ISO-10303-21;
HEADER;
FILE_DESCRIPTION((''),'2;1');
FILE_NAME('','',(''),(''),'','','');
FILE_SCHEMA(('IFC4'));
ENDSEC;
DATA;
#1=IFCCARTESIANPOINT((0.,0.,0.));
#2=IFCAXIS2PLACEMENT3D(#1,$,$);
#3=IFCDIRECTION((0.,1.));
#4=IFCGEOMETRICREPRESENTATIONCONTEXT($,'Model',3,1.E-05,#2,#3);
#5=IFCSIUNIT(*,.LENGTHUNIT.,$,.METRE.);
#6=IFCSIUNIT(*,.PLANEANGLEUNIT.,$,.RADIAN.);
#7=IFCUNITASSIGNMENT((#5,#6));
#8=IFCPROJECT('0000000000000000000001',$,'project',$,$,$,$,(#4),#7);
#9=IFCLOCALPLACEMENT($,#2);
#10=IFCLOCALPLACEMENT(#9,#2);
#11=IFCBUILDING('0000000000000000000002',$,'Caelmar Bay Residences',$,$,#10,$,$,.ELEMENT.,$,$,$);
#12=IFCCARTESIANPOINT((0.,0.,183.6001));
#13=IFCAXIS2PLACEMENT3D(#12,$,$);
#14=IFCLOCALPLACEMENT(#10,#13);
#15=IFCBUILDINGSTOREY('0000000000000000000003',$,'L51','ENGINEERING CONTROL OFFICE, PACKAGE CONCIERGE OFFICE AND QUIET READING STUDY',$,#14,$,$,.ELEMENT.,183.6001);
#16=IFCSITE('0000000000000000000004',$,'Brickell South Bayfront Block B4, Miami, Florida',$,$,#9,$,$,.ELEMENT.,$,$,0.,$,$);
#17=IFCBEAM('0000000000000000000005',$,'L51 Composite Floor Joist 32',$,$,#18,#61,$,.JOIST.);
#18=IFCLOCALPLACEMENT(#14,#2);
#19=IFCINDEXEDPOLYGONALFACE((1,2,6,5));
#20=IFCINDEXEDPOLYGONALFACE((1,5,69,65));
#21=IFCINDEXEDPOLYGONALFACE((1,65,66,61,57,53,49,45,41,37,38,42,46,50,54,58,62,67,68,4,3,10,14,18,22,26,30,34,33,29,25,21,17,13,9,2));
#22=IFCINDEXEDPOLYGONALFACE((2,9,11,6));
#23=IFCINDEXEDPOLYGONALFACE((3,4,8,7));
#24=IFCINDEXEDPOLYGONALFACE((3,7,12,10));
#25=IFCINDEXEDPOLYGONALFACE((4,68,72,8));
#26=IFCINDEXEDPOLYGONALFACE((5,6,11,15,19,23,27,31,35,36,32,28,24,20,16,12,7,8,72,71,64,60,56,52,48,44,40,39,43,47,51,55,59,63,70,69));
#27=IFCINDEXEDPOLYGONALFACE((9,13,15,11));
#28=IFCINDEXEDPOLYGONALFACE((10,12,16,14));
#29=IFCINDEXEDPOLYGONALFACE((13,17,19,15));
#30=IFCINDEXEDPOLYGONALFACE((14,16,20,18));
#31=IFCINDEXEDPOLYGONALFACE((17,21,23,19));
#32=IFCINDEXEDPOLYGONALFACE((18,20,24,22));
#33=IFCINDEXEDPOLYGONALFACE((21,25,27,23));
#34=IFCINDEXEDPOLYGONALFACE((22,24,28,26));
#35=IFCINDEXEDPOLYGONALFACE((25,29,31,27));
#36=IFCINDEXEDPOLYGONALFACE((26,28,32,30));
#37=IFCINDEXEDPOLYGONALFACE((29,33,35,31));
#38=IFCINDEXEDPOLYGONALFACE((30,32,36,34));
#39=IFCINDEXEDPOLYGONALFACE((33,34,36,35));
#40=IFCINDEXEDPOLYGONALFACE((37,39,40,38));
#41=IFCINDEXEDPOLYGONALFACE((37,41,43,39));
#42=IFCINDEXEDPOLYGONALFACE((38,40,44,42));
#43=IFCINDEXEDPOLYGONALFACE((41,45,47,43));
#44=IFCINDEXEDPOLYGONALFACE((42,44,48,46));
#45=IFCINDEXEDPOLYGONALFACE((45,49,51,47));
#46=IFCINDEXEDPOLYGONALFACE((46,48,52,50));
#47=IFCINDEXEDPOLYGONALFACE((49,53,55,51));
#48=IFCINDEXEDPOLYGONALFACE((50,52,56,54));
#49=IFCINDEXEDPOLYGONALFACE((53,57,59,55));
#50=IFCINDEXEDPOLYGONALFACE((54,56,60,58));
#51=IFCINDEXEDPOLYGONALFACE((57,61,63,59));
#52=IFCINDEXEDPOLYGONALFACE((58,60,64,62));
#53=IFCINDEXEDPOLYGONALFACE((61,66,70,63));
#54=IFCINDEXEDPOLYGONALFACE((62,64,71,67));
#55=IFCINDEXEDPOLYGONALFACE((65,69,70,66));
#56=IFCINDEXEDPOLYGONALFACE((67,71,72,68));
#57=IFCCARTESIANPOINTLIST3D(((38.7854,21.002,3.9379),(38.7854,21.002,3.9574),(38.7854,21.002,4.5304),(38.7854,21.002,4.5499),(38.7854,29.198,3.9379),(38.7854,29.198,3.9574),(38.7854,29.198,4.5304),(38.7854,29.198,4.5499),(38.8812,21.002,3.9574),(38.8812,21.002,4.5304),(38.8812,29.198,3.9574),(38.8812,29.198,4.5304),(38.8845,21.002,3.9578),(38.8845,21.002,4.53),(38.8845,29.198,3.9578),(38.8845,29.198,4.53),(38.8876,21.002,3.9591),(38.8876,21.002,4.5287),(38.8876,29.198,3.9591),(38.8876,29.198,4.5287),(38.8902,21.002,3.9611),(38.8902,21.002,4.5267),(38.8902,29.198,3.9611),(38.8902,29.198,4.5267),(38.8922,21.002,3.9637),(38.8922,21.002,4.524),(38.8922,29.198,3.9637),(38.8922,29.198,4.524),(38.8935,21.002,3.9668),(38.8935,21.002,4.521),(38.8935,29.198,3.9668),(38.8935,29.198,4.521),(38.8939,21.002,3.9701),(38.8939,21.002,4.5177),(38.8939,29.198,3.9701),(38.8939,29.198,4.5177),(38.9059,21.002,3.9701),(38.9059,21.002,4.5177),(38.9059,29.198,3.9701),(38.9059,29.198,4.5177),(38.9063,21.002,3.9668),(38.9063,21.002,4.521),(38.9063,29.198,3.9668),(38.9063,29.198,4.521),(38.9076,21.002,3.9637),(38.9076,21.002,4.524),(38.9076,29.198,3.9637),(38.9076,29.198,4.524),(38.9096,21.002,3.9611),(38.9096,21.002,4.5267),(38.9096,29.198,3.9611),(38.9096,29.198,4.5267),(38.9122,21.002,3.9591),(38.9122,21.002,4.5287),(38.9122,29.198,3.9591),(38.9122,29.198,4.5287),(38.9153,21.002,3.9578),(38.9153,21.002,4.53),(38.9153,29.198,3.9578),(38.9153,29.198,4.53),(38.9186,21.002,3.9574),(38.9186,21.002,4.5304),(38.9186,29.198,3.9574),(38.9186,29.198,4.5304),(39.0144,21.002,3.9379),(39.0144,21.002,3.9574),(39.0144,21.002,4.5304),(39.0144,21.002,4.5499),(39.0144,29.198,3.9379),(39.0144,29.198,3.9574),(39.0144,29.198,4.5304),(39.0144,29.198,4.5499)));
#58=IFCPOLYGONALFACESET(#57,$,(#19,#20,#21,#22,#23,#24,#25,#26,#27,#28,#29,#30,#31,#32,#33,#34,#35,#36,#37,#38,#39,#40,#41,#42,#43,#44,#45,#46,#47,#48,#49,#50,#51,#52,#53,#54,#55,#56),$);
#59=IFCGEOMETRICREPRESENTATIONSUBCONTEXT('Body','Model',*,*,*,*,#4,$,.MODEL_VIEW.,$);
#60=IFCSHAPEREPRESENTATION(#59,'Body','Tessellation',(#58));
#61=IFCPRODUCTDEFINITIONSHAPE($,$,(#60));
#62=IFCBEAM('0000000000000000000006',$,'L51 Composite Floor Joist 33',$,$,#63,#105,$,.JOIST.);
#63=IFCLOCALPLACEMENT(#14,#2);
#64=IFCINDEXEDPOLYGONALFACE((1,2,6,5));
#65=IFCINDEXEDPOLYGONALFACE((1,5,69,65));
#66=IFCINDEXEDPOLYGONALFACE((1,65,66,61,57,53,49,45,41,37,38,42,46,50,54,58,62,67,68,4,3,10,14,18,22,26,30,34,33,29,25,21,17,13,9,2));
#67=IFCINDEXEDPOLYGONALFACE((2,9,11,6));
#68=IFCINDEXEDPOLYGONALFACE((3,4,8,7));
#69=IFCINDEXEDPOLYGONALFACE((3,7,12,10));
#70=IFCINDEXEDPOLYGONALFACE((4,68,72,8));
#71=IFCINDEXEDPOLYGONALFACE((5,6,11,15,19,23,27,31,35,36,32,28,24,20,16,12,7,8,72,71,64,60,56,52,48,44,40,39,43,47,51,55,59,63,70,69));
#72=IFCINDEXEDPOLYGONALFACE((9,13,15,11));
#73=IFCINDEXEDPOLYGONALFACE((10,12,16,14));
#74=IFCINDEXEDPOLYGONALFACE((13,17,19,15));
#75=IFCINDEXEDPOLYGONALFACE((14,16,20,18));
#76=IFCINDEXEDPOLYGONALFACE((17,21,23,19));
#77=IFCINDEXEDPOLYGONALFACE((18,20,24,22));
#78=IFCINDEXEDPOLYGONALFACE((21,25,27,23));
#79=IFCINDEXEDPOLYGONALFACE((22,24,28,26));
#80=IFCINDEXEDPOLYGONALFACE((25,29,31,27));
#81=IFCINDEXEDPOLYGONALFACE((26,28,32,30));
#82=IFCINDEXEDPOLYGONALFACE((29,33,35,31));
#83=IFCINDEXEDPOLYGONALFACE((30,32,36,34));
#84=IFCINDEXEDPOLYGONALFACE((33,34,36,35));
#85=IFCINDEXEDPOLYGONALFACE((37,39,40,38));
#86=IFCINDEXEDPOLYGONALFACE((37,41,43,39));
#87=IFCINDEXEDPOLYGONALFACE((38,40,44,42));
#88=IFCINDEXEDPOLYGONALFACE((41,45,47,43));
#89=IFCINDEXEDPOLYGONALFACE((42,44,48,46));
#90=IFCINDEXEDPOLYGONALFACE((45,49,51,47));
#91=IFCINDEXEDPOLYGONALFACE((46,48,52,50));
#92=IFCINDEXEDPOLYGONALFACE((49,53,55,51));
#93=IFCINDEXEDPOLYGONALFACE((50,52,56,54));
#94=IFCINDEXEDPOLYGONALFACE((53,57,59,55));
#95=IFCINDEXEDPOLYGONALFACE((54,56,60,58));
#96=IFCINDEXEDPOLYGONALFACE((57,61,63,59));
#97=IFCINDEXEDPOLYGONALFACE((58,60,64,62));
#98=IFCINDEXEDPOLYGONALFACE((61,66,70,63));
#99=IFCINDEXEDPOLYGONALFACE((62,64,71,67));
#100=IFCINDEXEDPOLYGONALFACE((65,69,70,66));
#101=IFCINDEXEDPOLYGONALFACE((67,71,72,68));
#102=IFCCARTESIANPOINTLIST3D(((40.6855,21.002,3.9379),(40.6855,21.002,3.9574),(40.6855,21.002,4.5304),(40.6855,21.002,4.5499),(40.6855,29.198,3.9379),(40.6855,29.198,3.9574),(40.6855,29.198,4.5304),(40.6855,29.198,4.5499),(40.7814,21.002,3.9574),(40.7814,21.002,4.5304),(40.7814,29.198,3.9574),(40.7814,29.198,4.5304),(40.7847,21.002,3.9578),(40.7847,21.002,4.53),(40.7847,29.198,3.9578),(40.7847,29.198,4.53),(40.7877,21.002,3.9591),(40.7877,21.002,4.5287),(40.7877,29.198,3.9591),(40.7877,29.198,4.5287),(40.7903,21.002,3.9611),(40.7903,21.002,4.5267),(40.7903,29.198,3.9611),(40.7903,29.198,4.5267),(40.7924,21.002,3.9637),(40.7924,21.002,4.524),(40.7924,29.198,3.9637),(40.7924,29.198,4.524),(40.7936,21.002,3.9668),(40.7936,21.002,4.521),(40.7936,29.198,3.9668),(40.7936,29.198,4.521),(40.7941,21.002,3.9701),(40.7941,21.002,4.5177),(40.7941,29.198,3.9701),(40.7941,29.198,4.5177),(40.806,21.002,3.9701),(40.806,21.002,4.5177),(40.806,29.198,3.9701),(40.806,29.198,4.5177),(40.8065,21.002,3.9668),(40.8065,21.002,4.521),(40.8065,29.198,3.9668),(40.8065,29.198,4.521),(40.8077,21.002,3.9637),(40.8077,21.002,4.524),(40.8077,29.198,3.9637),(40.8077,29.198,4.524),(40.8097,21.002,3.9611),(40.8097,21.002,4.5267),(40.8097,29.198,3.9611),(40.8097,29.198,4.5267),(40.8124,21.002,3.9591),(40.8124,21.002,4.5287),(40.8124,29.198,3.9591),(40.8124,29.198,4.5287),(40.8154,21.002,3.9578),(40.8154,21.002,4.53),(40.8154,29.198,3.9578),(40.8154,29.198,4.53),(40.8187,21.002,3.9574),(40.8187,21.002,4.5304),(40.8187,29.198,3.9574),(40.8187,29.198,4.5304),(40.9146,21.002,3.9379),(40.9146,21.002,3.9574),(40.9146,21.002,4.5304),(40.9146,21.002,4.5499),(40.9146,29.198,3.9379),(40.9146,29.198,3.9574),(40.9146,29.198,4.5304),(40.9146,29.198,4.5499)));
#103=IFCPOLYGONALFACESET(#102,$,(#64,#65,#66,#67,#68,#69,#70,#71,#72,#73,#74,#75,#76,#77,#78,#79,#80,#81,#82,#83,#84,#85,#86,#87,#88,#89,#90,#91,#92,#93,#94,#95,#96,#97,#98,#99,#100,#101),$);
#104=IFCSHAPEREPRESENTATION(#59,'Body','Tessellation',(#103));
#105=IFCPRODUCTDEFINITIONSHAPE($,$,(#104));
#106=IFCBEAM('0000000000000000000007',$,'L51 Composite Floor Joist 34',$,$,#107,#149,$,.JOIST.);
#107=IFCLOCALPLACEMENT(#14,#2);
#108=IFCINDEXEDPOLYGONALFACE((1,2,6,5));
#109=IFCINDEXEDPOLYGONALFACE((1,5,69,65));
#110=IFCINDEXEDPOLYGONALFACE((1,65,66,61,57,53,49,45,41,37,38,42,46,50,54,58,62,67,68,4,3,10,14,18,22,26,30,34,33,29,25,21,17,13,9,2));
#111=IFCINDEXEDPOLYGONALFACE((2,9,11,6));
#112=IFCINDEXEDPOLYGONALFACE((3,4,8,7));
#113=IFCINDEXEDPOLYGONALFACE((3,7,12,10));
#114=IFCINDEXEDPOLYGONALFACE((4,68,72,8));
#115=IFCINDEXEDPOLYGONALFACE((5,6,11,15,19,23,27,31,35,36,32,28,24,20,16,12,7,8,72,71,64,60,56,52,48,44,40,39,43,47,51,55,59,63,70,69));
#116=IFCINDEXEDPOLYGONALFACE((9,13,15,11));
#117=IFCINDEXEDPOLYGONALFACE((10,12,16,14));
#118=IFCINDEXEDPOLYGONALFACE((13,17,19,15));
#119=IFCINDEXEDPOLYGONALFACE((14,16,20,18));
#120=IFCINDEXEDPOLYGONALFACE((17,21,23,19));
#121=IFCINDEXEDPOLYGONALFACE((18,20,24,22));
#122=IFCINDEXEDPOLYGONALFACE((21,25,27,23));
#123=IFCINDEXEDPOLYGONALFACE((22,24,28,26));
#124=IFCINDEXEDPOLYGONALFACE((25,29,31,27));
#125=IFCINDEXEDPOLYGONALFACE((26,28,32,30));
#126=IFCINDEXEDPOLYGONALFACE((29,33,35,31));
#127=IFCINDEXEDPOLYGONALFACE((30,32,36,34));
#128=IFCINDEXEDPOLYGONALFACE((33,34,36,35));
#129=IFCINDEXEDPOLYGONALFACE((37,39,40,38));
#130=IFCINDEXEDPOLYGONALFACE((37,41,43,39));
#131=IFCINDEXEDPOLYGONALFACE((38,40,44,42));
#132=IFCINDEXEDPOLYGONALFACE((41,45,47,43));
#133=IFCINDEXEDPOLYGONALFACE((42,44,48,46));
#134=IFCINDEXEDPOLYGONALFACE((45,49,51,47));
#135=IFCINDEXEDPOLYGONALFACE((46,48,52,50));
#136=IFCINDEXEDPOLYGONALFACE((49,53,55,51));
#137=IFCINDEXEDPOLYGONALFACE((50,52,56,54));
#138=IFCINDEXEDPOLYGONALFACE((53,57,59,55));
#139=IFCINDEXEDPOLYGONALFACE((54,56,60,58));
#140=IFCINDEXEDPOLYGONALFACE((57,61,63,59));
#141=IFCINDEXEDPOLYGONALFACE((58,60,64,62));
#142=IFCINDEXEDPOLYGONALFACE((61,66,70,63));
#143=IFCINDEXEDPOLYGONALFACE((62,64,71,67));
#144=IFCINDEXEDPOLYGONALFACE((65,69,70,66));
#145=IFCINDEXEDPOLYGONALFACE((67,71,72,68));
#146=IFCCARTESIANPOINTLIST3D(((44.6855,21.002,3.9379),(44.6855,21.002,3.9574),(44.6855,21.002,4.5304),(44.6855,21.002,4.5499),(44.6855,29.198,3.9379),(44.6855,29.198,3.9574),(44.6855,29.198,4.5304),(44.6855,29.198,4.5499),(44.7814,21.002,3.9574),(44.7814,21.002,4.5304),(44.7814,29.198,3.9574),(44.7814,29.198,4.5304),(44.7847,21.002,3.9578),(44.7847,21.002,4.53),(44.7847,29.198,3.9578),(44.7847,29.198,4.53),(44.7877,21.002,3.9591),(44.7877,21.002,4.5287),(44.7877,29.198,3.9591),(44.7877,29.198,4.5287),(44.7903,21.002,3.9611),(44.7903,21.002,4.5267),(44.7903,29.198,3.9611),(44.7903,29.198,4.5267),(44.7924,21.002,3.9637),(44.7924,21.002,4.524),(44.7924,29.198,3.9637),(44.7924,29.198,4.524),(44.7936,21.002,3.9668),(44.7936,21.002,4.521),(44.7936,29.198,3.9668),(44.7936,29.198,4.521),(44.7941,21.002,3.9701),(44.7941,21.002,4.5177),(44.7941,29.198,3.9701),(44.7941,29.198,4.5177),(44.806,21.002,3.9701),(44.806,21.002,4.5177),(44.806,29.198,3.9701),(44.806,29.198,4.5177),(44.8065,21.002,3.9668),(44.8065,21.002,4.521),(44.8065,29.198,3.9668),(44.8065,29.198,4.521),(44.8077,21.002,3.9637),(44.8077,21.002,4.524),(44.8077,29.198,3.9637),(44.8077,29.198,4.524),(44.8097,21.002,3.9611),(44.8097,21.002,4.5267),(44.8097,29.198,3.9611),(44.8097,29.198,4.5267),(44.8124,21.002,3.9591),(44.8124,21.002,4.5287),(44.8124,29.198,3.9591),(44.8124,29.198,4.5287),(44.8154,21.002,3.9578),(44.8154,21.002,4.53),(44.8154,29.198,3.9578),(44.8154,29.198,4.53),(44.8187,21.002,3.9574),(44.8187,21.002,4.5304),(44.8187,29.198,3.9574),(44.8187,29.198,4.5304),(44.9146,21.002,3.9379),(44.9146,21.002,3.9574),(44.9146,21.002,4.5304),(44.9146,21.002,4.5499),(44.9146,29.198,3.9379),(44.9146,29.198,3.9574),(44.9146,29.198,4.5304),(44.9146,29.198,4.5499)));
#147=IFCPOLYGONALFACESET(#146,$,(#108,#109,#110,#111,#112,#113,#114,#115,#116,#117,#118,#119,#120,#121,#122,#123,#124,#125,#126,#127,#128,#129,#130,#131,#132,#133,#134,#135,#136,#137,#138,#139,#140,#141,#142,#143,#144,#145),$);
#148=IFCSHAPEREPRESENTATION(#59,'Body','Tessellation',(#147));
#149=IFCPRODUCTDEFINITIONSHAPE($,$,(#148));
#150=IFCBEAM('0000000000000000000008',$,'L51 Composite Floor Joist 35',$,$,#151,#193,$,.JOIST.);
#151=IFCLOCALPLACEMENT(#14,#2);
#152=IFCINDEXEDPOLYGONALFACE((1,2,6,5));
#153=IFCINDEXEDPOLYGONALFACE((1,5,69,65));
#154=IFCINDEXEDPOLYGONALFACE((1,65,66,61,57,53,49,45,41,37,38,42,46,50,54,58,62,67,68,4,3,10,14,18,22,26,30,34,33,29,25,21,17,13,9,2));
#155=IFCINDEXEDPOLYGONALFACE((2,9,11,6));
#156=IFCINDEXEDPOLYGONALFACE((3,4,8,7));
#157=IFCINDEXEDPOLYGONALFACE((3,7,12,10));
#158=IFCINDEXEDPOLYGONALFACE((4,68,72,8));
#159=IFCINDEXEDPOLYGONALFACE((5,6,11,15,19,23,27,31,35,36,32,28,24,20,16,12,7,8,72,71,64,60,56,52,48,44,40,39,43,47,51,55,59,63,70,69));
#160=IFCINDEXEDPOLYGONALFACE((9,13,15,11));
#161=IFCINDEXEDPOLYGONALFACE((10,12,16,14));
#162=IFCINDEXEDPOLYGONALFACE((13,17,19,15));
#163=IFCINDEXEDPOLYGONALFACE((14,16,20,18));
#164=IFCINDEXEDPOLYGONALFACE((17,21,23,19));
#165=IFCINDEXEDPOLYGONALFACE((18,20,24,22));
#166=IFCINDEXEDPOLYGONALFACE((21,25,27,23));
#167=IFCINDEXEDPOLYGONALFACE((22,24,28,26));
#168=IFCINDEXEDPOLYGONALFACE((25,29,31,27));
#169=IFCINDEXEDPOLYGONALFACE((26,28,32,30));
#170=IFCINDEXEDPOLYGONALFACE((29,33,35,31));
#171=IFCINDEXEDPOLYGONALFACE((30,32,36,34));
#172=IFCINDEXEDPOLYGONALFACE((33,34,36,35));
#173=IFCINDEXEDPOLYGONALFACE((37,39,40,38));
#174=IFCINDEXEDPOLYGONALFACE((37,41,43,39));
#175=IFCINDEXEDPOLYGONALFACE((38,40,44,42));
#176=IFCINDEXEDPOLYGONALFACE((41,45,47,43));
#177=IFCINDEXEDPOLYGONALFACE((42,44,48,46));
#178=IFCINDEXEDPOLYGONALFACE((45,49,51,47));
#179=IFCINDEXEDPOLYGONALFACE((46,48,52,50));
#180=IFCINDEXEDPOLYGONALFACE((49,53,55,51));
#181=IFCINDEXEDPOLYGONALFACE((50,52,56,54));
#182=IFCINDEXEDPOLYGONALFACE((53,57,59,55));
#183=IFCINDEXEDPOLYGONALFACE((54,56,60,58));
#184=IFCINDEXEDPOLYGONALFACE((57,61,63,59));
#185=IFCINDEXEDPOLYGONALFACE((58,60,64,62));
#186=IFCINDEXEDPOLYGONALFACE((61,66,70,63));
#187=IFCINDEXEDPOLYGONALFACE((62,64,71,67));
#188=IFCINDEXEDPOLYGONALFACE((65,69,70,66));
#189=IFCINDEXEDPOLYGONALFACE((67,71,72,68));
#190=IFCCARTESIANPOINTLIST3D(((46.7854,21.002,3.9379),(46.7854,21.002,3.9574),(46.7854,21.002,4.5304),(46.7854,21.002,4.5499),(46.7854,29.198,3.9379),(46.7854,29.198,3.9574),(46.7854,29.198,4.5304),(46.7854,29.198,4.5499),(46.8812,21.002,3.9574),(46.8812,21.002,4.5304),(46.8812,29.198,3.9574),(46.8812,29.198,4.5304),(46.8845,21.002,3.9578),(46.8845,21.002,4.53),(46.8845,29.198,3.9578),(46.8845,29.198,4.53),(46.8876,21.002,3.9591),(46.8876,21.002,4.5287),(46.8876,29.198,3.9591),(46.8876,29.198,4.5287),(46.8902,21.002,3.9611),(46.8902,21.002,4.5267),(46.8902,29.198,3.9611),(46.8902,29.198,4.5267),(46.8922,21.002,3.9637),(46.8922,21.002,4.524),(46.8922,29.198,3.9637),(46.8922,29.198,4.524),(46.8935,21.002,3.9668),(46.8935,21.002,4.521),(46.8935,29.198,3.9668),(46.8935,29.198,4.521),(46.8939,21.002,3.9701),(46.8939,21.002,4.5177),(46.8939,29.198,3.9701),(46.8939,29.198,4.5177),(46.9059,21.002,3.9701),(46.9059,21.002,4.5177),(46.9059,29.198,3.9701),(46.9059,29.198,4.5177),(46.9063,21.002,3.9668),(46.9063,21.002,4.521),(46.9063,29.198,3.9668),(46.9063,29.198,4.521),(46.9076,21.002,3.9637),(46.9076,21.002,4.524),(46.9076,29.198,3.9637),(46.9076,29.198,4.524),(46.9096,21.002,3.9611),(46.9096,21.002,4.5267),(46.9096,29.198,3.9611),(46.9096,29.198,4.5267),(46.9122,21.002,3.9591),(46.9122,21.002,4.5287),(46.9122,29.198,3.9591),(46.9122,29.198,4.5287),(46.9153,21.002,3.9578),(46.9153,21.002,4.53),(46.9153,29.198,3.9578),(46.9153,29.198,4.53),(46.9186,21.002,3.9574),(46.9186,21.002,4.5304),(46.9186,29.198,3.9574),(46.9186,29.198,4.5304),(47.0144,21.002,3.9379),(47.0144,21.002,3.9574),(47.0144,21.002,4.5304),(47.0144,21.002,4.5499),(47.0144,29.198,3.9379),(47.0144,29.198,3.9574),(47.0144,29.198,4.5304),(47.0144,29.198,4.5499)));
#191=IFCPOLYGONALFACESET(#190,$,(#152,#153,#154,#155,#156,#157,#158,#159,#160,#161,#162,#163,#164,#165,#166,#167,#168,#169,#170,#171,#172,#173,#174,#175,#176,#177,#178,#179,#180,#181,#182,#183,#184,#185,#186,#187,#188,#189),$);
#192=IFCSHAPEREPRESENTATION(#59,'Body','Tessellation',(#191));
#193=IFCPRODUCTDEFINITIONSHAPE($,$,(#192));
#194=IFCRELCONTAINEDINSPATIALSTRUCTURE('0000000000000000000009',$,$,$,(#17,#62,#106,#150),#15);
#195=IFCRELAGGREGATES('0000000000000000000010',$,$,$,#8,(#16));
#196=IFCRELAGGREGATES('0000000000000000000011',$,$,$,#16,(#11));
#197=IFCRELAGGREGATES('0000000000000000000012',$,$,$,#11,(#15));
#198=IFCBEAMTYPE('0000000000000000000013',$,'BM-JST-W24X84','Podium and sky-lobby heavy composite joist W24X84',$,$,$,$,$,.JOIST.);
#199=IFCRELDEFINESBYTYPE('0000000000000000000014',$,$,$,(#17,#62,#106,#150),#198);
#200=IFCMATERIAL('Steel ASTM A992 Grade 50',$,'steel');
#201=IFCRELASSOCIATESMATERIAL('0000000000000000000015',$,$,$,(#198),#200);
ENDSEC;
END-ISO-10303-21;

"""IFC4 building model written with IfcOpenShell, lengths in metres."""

from ifc_helpers import new_model, si_unit, direction, frame, origin, origin_2d, place, context, subcontext, project, spatial, i_section, extrude, material, material_profile, profile_set, type_object, element, save


model = new_model("IFC4")

# Units and contexts
model_context = context("Model", 3, precision=1e-05, world=origin(), true_north=direction((0.0, 1.0)))
body_context = subcontext(model_context, "Body", "Model", "MODEL_VIEW")
ifc_project = project(units=[si_unit("LENGTHUNIT", "METRE"), si_unit("PLANEANGLEUNIT", "RADIAN")], contexts=[model_context])

# Site, building, storey
site_placement = place(None, origin())
site = spatial("IfcSite", under=ifc_project, at=site_placement, Name="Brickell South Bayfront Block B4, Miami, Florida", CompositionType="ELEMENT", RefElevation=0.0)
building_placement = place(site_placement, origin())
building = spatial("IfcBuilding", under=site, at=building_placement, Name="Caelmar Bay Residences", CompositionType="ELEMENT")
storey_placement = place(building_placement, frame((0.0, 0.0, 183.6001)))
storey = spatial("IfcBuildingStorey", under=building, at=storey_placement, Name="L51", Description="ENGINEERING CONTROL OFFICE, PACKAGE CONCIERGE OFFICE AND QUIET READING STUDY", CompositionType="ELEMENT", Elevation=183.6001)

# Beams
ifc_material_1 = material(Name="Steel ASTM A992 Grade 50", Category="steel")
ifc_material_profile_1 = material_profile(ifc_material_1, i_section(OverallWidth=0.229, OverallDepth=0.6121, WebThickness=0.012, FlangeThickness=0.0195, FilletRadius=0.0127, at=origin_2d()), Name="W24X84")
ifc_profile_set_1 = profile_set([ifc_material_profile_1], Name="Steel ASTM A992 Grade 50")
beam_type_1 = type_object("IfcBeamType", Name="BM-JST-W24X84", Description="Podium and sky-lobby heavy composite joist W24X84", PredefinedType="JOIST", material=ifc_profile_set_1)
for number, where, z_axis, x_axis, name in (
    (1, (38.8999, 21.002, 4.2439), (0.0, 1.0, 0.0), (-1.0, 0.0, 0.0), "L51 Composite Floor Joist 32"),
    (2, (40.8, 21.002, 4.2439), (0.0, 1.0, 0.0), (-1.0, 0.0, 0.0), "L51 Composite Floor Joist 33"),
    (3, (44.8, 21.002, 4.2439), (0.0, 1.0, 0.0), (-1.0, 0.0, 0.0), "L51 Composite Floor Joist 34"),
    (4, (46.8999, 21.002, 4.2439), (0.0, 1.0, 0.0), (-1.0, 0.0, 0.0), "L51 Composite Floor Joist 35"),
):
    element("IfcBeam", number, at=place(storey_placement, frame(where, z_axis=z_axis, x_axis=x_axis)), inside=storey, type_object=beam_type_1, Name=name, PredefinedType="JOIST", context=body_context, shape_type="SweptSolid", body=[
        extrude(i_section(OverallWidth=0.229, OverallDepth=0.6121, WebThickness=0.012, FlangeThickness=0.0195, FilletRadius=0.0127, at=origin_2d()), origin(), (0.0, 0.0, 1.0), 8.196),
    ])

save(model, "model.ifc")
